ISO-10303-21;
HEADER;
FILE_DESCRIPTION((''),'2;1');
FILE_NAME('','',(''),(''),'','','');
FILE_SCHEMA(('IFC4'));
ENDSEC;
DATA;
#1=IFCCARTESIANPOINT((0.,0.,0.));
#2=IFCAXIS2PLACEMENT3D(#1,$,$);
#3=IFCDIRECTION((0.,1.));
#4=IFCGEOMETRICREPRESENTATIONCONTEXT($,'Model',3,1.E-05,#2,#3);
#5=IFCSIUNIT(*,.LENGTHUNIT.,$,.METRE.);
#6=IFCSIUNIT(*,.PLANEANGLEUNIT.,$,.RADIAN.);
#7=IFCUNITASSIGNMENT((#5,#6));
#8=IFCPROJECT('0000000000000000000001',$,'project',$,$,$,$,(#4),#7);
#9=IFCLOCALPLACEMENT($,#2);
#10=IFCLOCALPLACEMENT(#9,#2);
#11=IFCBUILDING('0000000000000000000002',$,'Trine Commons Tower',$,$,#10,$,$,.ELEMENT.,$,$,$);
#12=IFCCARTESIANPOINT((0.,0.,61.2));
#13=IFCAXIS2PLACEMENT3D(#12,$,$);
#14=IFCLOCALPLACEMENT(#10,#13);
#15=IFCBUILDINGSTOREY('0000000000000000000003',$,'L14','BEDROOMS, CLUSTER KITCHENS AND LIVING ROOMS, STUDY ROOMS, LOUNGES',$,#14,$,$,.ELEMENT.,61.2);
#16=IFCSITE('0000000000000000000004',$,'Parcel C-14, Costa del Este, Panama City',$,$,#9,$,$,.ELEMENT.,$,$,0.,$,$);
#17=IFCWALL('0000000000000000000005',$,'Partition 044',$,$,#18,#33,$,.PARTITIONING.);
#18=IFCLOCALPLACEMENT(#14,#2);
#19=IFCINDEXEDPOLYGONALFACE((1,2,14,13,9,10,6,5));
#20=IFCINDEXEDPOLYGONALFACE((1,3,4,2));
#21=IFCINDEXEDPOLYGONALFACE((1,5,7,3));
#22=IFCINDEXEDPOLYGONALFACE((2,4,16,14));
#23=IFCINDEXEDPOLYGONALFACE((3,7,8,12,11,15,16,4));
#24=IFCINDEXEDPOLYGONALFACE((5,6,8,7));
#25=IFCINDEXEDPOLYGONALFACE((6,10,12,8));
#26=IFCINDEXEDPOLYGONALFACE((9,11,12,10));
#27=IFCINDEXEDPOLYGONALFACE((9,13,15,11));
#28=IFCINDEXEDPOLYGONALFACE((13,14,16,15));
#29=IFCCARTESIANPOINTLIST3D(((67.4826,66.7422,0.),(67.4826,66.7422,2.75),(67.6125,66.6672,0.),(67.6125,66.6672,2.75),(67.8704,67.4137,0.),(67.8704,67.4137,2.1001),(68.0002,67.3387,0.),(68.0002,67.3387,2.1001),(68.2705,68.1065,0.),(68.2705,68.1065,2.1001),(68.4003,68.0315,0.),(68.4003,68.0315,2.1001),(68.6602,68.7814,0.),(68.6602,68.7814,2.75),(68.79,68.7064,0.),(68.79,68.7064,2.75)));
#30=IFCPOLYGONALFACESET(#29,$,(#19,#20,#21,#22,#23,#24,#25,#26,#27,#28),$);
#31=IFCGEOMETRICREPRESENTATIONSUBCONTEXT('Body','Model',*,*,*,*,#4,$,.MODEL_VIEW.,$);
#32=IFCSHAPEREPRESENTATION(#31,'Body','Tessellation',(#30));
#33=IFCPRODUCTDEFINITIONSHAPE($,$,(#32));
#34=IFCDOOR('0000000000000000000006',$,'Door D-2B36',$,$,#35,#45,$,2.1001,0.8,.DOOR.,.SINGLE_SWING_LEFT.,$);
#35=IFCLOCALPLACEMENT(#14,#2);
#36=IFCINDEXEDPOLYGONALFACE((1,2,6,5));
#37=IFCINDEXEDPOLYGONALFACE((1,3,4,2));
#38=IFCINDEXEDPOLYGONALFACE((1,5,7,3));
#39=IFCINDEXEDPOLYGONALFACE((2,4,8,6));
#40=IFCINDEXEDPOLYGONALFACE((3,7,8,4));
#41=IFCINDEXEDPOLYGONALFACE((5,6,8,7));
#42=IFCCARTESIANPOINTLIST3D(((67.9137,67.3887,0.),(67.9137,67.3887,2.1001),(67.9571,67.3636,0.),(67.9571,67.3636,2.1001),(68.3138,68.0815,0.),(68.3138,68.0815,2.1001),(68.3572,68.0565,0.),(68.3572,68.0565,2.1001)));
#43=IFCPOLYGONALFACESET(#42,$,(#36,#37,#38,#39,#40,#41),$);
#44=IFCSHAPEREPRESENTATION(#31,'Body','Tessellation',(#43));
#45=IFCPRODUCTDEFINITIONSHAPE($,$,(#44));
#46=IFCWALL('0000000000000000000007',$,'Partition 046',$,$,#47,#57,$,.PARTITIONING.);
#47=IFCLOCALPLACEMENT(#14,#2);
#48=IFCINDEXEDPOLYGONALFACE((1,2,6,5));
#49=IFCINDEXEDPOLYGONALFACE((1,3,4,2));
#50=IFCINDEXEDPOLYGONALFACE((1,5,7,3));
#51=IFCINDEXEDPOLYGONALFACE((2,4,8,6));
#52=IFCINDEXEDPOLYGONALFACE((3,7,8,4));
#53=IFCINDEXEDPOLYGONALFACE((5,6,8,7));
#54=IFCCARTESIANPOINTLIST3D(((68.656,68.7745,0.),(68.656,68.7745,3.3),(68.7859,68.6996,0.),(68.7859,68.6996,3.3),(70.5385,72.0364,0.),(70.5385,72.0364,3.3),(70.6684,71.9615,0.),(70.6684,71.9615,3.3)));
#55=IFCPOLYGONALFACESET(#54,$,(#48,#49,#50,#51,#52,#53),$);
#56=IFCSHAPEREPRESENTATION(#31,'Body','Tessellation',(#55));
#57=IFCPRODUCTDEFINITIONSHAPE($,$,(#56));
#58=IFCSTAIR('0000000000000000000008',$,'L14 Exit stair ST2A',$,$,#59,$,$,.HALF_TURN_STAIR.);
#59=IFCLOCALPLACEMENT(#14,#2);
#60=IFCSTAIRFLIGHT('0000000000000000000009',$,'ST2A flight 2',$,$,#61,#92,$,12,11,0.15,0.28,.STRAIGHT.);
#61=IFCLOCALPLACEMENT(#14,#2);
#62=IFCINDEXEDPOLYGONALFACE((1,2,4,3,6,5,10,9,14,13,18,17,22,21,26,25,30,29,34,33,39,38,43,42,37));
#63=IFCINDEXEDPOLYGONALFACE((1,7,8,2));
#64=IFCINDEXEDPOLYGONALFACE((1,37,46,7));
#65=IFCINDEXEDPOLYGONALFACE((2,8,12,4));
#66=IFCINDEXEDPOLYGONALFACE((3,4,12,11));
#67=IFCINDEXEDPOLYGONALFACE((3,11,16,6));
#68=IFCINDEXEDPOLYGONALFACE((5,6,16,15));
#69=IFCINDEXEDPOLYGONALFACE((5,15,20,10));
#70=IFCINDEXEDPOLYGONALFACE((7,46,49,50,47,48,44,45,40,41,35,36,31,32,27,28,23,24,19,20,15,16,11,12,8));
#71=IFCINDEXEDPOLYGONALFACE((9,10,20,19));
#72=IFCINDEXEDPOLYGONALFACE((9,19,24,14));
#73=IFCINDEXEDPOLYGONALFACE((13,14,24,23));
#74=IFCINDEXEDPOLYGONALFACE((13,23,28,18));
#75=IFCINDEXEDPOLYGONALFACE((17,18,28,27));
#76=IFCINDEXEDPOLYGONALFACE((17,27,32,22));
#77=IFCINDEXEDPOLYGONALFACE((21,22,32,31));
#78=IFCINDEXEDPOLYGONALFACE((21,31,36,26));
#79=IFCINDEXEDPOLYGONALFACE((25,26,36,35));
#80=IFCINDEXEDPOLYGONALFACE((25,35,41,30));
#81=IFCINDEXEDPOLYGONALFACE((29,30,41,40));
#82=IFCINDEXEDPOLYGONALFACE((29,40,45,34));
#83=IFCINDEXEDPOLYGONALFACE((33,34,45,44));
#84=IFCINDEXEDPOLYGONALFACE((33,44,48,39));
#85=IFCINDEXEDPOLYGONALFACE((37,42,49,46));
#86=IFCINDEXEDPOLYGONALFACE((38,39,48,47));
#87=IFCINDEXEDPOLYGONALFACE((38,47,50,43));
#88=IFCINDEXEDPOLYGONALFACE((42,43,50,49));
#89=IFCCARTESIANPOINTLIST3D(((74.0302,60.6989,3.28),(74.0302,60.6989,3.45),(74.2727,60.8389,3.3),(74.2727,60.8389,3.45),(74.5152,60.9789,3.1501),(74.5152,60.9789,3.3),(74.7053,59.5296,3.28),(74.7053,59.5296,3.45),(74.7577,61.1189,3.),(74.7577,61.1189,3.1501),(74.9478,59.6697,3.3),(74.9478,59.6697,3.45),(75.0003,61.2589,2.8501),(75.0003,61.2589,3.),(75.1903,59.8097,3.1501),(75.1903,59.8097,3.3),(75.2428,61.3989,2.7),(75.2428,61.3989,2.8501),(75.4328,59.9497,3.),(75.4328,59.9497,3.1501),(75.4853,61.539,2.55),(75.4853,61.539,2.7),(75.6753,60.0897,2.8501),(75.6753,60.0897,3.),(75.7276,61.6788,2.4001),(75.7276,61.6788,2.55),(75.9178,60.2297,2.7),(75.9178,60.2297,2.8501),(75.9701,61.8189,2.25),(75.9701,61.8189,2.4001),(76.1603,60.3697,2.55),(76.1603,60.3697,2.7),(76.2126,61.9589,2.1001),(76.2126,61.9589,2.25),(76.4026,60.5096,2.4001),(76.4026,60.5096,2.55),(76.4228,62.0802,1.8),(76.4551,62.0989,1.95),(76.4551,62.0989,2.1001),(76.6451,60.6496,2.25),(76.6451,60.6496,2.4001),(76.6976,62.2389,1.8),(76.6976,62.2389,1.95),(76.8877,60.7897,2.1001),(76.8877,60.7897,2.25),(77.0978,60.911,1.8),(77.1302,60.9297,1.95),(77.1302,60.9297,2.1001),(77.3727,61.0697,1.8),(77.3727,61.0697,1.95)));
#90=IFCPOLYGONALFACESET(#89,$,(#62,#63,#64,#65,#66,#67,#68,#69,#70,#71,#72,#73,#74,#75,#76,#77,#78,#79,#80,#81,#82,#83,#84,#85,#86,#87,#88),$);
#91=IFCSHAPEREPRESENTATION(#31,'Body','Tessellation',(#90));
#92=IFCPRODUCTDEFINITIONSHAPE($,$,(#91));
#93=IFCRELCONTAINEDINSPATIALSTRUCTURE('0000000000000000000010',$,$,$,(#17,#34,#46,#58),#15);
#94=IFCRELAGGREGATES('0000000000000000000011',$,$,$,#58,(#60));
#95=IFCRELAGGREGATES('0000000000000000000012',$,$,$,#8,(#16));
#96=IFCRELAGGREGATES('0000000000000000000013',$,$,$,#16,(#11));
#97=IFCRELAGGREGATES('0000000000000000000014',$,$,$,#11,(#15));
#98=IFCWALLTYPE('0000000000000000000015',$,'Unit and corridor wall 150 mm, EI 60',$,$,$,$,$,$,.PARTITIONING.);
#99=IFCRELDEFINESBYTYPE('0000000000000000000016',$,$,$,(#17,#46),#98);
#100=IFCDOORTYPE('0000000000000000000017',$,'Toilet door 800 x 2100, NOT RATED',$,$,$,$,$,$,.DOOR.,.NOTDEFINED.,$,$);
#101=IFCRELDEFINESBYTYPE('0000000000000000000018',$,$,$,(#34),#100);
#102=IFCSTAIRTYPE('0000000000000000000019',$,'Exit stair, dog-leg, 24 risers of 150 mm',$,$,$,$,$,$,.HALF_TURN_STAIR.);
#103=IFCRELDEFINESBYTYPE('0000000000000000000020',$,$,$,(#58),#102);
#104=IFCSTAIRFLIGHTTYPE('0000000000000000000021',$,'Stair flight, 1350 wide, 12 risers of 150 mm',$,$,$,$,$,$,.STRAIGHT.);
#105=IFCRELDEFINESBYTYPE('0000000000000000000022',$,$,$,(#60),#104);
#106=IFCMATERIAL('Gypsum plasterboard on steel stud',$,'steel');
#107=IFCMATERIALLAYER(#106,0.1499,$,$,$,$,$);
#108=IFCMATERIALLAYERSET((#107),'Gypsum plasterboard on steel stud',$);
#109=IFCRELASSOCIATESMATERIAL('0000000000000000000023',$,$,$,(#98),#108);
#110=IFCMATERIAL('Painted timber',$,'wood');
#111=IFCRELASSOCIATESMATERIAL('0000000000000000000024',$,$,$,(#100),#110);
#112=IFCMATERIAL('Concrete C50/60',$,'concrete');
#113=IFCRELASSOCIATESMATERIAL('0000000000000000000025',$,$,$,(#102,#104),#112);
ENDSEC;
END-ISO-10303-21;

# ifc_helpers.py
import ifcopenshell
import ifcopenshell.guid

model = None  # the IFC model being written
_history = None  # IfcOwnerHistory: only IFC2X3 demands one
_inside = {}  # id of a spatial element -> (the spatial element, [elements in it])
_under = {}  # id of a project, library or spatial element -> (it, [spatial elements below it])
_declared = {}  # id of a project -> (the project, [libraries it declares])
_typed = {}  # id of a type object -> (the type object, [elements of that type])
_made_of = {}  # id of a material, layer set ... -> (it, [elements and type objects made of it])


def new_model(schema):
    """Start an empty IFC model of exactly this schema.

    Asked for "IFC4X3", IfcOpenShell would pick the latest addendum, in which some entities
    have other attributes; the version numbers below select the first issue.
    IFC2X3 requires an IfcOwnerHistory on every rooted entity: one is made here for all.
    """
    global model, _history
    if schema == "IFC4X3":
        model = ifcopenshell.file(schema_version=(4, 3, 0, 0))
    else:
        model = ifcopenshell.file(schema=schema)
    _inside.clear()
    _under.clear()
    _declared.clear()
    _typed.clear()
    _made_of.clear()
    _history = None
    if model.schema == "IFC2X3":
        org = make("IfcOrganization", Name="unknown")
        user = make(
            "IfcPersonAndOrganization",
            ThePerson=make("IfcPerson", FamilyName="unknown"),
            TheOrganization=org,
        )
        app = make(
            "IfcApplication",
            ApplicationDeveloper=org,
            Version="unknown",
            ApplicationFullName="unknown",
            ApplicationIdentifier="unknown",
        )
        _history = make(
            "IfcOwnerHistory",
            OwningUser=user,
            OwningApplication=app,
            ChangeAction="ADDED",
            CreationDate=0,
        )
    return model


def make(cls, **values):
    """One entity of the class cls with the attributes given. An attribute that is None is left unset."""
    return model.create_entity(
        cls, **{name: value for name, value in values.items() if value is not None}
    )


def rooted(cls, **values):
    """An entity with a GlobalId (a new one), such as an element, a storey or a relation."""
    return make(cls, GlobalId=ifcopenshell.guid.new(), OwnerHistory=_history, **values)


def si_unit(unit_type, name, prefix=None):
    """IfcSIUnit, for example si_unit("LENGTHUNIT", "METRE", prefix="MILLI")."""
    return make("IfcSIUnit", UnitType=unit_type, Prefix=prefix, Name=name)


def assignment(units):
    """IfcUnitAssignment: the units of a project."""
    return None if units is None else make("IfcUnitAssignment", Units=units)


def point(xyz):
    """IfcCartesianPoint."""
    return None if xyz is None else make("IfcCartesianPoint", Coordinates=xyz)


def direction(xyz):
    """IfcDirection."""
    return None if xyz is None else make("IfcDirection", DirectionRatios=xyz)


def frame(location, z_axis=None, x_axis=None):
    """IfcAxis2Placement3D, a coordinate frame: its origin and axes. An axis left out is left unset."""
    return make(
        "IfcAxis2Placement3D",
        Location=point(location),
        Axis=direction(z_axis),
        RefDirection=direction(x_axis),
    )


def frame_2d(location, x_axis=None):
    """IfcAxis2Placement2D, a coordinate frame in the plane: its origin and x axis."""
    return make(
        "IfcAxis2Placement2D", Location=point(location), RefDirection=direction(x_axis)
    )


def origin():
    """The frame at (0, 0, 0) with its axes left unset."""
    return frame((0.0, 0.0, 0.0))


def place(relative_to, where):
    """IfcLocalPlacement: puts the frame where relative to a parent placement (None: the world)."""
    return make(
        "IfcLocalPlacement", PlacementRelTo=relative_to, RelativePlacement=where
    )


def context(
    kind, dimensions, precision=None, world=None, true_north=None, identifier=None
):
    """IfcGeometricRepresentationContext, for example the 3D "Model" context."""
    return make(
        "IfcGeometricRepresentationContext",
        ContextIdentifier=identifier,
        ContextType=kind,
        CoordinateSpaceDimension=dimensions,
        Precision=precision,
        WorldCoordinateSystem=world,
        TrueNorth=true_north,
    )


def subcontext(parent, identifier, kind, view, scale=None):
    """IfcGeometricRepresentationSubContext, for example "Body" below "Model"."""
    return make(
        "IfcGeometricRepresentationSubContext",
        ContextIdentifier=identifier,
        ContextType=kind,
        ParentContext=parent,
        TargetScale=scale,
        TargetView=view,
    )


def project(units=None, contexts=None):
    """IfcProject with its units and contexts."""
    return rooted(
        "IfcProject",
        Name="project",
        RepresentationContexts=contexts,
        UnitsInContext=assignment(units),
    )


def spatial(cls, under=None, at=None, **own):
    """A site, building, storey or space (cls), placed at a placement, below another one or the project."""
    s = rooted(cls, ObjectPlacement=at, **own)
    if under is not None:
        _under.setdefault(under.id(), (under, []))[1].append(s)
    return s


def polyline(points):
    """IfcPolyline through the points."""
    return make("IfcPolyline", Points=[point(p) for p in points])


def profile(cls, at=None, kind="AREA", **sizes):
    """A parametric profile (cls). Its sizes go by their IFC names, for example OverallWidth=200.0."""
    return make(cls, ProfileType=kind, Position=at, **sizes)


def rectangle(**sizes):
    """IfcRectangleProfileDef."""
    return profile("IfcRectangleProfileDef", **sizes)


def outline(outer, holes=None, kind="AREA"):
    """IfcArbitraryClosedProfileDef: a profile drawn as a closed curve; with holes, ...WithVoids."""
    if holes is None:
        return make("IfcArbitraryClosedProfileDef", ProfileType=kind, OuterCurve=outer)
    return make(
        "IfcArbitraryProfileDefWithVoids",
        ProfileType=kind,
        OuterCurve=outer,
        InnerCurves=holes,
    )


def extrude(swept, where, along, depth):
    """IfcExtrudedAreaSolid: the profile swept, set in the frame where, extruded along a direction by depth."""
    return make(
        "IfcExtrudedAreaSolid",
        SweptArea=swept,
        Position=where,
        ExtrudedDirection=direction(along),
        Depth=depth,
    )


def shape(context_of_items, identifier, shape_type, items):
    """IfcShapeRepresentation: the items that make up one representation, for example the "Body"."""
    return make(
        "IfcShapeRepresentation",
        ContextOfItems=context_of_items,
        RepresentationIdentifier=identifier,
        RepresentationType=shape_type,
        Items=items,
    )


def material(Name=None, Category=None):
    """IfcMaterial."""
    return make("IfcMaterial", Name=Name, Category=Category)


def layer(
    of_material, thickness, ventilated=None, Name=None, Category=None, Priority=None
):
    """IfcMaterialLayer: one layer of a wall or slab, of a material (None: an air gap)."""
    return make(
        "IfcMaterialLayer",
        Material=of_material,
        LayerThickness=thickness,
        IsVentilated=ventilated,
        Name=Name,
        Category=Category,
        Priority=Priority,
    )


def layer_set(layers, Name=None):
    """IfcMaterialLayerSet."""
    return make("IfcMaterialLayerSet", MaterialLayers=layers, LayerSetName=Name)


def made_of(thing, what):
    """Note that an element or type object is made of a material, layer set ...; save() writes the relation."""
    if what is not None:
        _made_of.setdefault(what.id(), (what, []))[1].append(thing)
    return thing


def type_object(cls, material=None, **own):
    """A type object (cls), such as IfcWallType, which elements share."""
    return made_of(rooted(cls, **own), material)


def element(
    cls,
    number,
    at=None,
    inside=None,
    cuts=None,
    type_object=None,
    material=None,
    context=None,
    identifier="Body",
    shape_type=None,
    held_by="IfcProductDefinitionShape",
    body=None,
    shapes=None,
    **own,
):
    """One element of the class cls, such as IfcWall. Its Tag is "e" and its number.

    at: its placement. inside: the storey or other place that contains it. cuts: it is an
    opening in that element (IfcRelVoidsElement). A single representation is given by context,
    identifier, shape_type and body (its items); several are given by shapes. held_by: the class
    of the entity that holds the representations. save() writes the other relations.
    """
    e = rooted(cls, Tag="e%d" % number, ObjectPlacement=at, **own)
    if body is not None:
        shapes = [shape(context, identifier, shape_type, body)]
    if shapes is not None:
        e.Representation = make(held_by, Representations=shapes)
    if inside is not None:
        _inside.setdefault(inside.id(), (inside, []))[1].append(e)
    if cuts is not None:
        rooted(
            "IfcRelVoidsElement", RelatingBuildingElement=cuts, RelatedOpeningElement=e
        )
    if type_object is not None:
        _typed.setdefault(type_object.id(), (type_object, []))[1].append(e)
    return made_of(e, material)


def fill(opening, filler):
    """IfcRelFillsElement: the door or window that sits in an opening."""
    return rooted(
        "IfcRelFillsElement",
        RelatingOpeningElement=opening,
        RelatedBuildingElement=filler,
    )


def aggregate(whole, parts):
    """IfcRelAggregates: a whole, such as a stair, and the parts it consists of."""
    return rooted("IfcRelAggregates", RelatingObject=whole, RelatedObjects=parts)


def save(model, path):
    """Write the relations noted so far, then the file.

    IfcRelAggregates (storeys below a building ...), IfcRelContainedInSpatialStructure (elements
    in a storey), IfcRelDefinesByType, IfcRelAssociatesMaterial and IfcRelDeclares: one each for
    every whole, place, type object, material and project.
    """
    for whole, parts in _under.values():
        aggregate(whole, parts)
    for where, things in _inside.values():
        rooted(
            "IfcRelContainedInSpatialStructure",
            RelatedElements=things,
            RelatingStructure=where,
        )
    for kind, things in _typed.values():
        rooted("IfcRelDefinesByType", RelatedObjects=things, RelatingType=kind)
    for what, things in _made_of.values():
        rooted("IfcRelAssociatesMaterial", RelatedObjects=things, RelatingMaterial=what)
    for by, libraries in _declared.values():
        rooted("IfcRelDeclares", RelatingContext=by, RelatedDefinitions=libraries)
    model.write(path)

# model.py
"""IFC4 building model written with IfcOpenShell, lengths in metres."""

from ifc_helpers import new_model, si_unit, direction, frame, frame_2d, origin, place, context, subcontext, project, spatial, polyline, rectangle, outline, extrude, material, layer, layer_set, type_object, element, fill, aggregate, save


model = new_model("IFC4")

# Units and contexts
model_context = context("Model", 3, precision=1e-05, world=origin(), true_north=direction((0.0, 1.0)))
body_context = subcontext(model_context, "Body", "Model", "MODEL_VIEW")
ifc_project = project(units=[si_unit("LENGTHUNIT", "METRE"), si_unit("PLANEANGLEUNIT", "RADIAN")], contexts=[model_context])

# Site, building, storey
site_placement = place(None, origin())
site = spatial("IfcSite", under=ifc_project, at=site_placement, Name="Parcel C-14, Costa del Este, Panama City", CompositionType="ELEMENT", RefElevation=0.0)
building_placement = place(site_placement, origin())
building = spatial("IfcBuilding", under=site, at=building_placement, Name="Trine Commons Tower", CompositionType="ELEMENT")
storey_placement = place(building_placement, frame((0.0, 0.0, 61.2)))
storey = spatial("IfcBuildingStorey", under=building, at=storey_placement, Name="L14", Description="BEDROOMS, CLUSTER KITCHENS AND LIVING ROOMS, STUDY ROOMS, LOUNGES", CompositionType="ELEMENT", Elevation=61.2)

# Shared definitions
ifc_material_1 = material(Name="Concrete C50/60", Category="concrete")

# Shared definitions
ifc_material_2 = material(Name="Gypsum plasterboard on steel stud", Category="steel")
ifc_layer_1 = layer(ifc_material_2, 0.1499)
ifc_layer_set_1 = layer_set([ifc_layer_1], Name="Gypsum plasterboard on steel stud")
wall_type_1 = type_object("IfcWallType", Name="Unit and corridor wall 150 mm, EI 60", PredefinedType="PARTITIONING", material=ifc_layer_set_1)

# Wall, opening, door
wall_1_placement = place(storey_placement, frame((67.5476, 66.7048, 0.0), z_axis=(0.0, 0.0, 1.0), x_axis=(0.500075, 0.865982, 0.0)))
wall_1 = element("IfcWall", 1, at=wall_1_placement, inside=storey, type_object=wall_type_1, Name="Partition 044", PredefinedType="PARTITIONING", context=body_context, shape_type="SweptSolid", body=[
    extrude(rectangle(XDim=2.3547, YDim=0.1499, at=frame_2d((1.1772, 0.0))), origin(), (0.0, 0.0, 1.0), 2.75),
])
opening_1_placement = place(wall_1_placement, frame((0.7754, 0.0, 0.0)))
opening_1 = element("IfcOpeningElement", 2, at=opening_1_placement, cuts=wall_1, PredefinedType="OPENING", context=body_context, shape_type="SweptSolid", body=[
    extrude(rectangle(XDim=0.8, YDim=2.1001, at=frame_2d((0.3999, 1.05))), frame((0.0, 0.085, 0.0), z_axis=(0.0, -1.0, 0.0), x_axis=(1.0, 0.0, 0.0)), (0.0, 0.0, 1.0), 0.1699),
])
ifc_material_3 = material(Name="Painted timber", Category="wood")
door_type_1 = type_object("IfcDoorType", Name="Toilet door 800 x 2100, NOT RATED", OperationType="NOTDEFINED", PredefinedType="DOOR", material=ifc_material_3)
door_1_placement = place(opening_1_placement, origin())
door_1 = element("IfcDoor", 3, at=door_1_placement, inside=storey, type_object=door_type_1, Name="Door D-2B36", OperationType="SINGLE_SWING_LEFT", OverallHeight=2.1001, OverallWidth=0.8, PredefinedType="DOOR", context=body_context, shape_type="SweptSolid", body=[
    extrude(rectangle(XDim=0.8, YDim=2.1001, at=frame_2d((0.3999, 1.05))), frame((0.0, 0.0249, 0.0), z_axis=(0.0, -1.0, 0.0), x_axis=(1.0, 0.0, 0.0)), (0.0, 0.0, 1.0), 0.05),
])
fill(opening_1, door_1)

# Wall
wall_2_placement = place(storey_placement, frame((68.7209, 68.7371, 0.0), z_axis=(0.0, 0.0, 1.0), x_axis=(0.499855, 0.866109, 0.0)))
element("IfcWall", 4, at=wall_2_placement, inside=storey, type_object=wall_type_1, Name="Partition 046", PredefinedType="PARTITIONING", context=body_context, shape_type="SweptSolid", body=[
    extrude(rectangle(XDim=3.7661, YDim=0.1499, at=frame_2d((1.8831, 0.0))), origin(), (0.0, 0.0, 1.0), 3.3),
])

# Stair, stair flight
stair_type = type_object("IfcStairType", Name="Exit stair, dog-leg, 24 risers of 150 mm", PredefinedType="HALF_TURN_STAIR", material=ifc_material_1)
stair_placement = place(storey_placement, origin())
stair = element("IfcStair", 5, at=stair_placement, inside=storey, type_object=stair_type, Name="L14 Exit stair ST2A", PredefinedType="HALF_TURN_STAIR")
stair_flight_type = type_object("IfcStairFlightType", Name="Stair flight, 1350 wide, 12 risers of 150 mm", PredefinedType="STRAIGHT", material=ifc_material_1)
stair_flight_placement = place(storey_placement, frame((77.0352, 61.6543, 1.8), z_axis=(0.0, 0.0, 1.0), x_axis=(-0.866025, -0.5, 0.0)))
stair_flight = element("IfcStairFlight", 6, at=stair_flight_placement, type_object=stair_flight_type, Name="ST2A flight 2", NumberOfRisers=12, NumberOfTreads=11, PredefinedType="STRAIGHT", RiserHeight=0.15, TreadLength=0.28, context=body_context, shape_type="SweptSolid", body=[
    extrude(outline(polyline([(0.0, 0.0), (0.0, 0.1499), (0.28, 0.1499), (0.28, 0.3), (0.5601, 0.3), (0.5601, 0.45), (0.8401, 0.45), (0.8401, 0.6001), (1.1201, 0.6001), (1.1201, 0.75), (1.3999, 0.75), (1.3999, 0.8999), (1.6799, 0.8999), (1.6799, 1.05), (1.96, 1.05), (1.96, 1.2), (2.24, 1.2), (2.24, 1.3501), (2.52, 1.3501), (2.52, 1.5), (2.8, 1.5), (2.8, 1.6499), (3.0801, 1.6499), (3.0801, 1.8), (3.0801, 1.48), (0.3174, 0.0), (0.0, 0.0)])), frame((0.0, 0.675, 0.0), z_axis=(0.0, -1.0, 0.0), x_axis=(1.0, 0.0, 0.0)), (0.0, 0.0, 1.0), 1.3501),
])
aggregate(stair, [stair_flight])

save(model, "model.ifc")
